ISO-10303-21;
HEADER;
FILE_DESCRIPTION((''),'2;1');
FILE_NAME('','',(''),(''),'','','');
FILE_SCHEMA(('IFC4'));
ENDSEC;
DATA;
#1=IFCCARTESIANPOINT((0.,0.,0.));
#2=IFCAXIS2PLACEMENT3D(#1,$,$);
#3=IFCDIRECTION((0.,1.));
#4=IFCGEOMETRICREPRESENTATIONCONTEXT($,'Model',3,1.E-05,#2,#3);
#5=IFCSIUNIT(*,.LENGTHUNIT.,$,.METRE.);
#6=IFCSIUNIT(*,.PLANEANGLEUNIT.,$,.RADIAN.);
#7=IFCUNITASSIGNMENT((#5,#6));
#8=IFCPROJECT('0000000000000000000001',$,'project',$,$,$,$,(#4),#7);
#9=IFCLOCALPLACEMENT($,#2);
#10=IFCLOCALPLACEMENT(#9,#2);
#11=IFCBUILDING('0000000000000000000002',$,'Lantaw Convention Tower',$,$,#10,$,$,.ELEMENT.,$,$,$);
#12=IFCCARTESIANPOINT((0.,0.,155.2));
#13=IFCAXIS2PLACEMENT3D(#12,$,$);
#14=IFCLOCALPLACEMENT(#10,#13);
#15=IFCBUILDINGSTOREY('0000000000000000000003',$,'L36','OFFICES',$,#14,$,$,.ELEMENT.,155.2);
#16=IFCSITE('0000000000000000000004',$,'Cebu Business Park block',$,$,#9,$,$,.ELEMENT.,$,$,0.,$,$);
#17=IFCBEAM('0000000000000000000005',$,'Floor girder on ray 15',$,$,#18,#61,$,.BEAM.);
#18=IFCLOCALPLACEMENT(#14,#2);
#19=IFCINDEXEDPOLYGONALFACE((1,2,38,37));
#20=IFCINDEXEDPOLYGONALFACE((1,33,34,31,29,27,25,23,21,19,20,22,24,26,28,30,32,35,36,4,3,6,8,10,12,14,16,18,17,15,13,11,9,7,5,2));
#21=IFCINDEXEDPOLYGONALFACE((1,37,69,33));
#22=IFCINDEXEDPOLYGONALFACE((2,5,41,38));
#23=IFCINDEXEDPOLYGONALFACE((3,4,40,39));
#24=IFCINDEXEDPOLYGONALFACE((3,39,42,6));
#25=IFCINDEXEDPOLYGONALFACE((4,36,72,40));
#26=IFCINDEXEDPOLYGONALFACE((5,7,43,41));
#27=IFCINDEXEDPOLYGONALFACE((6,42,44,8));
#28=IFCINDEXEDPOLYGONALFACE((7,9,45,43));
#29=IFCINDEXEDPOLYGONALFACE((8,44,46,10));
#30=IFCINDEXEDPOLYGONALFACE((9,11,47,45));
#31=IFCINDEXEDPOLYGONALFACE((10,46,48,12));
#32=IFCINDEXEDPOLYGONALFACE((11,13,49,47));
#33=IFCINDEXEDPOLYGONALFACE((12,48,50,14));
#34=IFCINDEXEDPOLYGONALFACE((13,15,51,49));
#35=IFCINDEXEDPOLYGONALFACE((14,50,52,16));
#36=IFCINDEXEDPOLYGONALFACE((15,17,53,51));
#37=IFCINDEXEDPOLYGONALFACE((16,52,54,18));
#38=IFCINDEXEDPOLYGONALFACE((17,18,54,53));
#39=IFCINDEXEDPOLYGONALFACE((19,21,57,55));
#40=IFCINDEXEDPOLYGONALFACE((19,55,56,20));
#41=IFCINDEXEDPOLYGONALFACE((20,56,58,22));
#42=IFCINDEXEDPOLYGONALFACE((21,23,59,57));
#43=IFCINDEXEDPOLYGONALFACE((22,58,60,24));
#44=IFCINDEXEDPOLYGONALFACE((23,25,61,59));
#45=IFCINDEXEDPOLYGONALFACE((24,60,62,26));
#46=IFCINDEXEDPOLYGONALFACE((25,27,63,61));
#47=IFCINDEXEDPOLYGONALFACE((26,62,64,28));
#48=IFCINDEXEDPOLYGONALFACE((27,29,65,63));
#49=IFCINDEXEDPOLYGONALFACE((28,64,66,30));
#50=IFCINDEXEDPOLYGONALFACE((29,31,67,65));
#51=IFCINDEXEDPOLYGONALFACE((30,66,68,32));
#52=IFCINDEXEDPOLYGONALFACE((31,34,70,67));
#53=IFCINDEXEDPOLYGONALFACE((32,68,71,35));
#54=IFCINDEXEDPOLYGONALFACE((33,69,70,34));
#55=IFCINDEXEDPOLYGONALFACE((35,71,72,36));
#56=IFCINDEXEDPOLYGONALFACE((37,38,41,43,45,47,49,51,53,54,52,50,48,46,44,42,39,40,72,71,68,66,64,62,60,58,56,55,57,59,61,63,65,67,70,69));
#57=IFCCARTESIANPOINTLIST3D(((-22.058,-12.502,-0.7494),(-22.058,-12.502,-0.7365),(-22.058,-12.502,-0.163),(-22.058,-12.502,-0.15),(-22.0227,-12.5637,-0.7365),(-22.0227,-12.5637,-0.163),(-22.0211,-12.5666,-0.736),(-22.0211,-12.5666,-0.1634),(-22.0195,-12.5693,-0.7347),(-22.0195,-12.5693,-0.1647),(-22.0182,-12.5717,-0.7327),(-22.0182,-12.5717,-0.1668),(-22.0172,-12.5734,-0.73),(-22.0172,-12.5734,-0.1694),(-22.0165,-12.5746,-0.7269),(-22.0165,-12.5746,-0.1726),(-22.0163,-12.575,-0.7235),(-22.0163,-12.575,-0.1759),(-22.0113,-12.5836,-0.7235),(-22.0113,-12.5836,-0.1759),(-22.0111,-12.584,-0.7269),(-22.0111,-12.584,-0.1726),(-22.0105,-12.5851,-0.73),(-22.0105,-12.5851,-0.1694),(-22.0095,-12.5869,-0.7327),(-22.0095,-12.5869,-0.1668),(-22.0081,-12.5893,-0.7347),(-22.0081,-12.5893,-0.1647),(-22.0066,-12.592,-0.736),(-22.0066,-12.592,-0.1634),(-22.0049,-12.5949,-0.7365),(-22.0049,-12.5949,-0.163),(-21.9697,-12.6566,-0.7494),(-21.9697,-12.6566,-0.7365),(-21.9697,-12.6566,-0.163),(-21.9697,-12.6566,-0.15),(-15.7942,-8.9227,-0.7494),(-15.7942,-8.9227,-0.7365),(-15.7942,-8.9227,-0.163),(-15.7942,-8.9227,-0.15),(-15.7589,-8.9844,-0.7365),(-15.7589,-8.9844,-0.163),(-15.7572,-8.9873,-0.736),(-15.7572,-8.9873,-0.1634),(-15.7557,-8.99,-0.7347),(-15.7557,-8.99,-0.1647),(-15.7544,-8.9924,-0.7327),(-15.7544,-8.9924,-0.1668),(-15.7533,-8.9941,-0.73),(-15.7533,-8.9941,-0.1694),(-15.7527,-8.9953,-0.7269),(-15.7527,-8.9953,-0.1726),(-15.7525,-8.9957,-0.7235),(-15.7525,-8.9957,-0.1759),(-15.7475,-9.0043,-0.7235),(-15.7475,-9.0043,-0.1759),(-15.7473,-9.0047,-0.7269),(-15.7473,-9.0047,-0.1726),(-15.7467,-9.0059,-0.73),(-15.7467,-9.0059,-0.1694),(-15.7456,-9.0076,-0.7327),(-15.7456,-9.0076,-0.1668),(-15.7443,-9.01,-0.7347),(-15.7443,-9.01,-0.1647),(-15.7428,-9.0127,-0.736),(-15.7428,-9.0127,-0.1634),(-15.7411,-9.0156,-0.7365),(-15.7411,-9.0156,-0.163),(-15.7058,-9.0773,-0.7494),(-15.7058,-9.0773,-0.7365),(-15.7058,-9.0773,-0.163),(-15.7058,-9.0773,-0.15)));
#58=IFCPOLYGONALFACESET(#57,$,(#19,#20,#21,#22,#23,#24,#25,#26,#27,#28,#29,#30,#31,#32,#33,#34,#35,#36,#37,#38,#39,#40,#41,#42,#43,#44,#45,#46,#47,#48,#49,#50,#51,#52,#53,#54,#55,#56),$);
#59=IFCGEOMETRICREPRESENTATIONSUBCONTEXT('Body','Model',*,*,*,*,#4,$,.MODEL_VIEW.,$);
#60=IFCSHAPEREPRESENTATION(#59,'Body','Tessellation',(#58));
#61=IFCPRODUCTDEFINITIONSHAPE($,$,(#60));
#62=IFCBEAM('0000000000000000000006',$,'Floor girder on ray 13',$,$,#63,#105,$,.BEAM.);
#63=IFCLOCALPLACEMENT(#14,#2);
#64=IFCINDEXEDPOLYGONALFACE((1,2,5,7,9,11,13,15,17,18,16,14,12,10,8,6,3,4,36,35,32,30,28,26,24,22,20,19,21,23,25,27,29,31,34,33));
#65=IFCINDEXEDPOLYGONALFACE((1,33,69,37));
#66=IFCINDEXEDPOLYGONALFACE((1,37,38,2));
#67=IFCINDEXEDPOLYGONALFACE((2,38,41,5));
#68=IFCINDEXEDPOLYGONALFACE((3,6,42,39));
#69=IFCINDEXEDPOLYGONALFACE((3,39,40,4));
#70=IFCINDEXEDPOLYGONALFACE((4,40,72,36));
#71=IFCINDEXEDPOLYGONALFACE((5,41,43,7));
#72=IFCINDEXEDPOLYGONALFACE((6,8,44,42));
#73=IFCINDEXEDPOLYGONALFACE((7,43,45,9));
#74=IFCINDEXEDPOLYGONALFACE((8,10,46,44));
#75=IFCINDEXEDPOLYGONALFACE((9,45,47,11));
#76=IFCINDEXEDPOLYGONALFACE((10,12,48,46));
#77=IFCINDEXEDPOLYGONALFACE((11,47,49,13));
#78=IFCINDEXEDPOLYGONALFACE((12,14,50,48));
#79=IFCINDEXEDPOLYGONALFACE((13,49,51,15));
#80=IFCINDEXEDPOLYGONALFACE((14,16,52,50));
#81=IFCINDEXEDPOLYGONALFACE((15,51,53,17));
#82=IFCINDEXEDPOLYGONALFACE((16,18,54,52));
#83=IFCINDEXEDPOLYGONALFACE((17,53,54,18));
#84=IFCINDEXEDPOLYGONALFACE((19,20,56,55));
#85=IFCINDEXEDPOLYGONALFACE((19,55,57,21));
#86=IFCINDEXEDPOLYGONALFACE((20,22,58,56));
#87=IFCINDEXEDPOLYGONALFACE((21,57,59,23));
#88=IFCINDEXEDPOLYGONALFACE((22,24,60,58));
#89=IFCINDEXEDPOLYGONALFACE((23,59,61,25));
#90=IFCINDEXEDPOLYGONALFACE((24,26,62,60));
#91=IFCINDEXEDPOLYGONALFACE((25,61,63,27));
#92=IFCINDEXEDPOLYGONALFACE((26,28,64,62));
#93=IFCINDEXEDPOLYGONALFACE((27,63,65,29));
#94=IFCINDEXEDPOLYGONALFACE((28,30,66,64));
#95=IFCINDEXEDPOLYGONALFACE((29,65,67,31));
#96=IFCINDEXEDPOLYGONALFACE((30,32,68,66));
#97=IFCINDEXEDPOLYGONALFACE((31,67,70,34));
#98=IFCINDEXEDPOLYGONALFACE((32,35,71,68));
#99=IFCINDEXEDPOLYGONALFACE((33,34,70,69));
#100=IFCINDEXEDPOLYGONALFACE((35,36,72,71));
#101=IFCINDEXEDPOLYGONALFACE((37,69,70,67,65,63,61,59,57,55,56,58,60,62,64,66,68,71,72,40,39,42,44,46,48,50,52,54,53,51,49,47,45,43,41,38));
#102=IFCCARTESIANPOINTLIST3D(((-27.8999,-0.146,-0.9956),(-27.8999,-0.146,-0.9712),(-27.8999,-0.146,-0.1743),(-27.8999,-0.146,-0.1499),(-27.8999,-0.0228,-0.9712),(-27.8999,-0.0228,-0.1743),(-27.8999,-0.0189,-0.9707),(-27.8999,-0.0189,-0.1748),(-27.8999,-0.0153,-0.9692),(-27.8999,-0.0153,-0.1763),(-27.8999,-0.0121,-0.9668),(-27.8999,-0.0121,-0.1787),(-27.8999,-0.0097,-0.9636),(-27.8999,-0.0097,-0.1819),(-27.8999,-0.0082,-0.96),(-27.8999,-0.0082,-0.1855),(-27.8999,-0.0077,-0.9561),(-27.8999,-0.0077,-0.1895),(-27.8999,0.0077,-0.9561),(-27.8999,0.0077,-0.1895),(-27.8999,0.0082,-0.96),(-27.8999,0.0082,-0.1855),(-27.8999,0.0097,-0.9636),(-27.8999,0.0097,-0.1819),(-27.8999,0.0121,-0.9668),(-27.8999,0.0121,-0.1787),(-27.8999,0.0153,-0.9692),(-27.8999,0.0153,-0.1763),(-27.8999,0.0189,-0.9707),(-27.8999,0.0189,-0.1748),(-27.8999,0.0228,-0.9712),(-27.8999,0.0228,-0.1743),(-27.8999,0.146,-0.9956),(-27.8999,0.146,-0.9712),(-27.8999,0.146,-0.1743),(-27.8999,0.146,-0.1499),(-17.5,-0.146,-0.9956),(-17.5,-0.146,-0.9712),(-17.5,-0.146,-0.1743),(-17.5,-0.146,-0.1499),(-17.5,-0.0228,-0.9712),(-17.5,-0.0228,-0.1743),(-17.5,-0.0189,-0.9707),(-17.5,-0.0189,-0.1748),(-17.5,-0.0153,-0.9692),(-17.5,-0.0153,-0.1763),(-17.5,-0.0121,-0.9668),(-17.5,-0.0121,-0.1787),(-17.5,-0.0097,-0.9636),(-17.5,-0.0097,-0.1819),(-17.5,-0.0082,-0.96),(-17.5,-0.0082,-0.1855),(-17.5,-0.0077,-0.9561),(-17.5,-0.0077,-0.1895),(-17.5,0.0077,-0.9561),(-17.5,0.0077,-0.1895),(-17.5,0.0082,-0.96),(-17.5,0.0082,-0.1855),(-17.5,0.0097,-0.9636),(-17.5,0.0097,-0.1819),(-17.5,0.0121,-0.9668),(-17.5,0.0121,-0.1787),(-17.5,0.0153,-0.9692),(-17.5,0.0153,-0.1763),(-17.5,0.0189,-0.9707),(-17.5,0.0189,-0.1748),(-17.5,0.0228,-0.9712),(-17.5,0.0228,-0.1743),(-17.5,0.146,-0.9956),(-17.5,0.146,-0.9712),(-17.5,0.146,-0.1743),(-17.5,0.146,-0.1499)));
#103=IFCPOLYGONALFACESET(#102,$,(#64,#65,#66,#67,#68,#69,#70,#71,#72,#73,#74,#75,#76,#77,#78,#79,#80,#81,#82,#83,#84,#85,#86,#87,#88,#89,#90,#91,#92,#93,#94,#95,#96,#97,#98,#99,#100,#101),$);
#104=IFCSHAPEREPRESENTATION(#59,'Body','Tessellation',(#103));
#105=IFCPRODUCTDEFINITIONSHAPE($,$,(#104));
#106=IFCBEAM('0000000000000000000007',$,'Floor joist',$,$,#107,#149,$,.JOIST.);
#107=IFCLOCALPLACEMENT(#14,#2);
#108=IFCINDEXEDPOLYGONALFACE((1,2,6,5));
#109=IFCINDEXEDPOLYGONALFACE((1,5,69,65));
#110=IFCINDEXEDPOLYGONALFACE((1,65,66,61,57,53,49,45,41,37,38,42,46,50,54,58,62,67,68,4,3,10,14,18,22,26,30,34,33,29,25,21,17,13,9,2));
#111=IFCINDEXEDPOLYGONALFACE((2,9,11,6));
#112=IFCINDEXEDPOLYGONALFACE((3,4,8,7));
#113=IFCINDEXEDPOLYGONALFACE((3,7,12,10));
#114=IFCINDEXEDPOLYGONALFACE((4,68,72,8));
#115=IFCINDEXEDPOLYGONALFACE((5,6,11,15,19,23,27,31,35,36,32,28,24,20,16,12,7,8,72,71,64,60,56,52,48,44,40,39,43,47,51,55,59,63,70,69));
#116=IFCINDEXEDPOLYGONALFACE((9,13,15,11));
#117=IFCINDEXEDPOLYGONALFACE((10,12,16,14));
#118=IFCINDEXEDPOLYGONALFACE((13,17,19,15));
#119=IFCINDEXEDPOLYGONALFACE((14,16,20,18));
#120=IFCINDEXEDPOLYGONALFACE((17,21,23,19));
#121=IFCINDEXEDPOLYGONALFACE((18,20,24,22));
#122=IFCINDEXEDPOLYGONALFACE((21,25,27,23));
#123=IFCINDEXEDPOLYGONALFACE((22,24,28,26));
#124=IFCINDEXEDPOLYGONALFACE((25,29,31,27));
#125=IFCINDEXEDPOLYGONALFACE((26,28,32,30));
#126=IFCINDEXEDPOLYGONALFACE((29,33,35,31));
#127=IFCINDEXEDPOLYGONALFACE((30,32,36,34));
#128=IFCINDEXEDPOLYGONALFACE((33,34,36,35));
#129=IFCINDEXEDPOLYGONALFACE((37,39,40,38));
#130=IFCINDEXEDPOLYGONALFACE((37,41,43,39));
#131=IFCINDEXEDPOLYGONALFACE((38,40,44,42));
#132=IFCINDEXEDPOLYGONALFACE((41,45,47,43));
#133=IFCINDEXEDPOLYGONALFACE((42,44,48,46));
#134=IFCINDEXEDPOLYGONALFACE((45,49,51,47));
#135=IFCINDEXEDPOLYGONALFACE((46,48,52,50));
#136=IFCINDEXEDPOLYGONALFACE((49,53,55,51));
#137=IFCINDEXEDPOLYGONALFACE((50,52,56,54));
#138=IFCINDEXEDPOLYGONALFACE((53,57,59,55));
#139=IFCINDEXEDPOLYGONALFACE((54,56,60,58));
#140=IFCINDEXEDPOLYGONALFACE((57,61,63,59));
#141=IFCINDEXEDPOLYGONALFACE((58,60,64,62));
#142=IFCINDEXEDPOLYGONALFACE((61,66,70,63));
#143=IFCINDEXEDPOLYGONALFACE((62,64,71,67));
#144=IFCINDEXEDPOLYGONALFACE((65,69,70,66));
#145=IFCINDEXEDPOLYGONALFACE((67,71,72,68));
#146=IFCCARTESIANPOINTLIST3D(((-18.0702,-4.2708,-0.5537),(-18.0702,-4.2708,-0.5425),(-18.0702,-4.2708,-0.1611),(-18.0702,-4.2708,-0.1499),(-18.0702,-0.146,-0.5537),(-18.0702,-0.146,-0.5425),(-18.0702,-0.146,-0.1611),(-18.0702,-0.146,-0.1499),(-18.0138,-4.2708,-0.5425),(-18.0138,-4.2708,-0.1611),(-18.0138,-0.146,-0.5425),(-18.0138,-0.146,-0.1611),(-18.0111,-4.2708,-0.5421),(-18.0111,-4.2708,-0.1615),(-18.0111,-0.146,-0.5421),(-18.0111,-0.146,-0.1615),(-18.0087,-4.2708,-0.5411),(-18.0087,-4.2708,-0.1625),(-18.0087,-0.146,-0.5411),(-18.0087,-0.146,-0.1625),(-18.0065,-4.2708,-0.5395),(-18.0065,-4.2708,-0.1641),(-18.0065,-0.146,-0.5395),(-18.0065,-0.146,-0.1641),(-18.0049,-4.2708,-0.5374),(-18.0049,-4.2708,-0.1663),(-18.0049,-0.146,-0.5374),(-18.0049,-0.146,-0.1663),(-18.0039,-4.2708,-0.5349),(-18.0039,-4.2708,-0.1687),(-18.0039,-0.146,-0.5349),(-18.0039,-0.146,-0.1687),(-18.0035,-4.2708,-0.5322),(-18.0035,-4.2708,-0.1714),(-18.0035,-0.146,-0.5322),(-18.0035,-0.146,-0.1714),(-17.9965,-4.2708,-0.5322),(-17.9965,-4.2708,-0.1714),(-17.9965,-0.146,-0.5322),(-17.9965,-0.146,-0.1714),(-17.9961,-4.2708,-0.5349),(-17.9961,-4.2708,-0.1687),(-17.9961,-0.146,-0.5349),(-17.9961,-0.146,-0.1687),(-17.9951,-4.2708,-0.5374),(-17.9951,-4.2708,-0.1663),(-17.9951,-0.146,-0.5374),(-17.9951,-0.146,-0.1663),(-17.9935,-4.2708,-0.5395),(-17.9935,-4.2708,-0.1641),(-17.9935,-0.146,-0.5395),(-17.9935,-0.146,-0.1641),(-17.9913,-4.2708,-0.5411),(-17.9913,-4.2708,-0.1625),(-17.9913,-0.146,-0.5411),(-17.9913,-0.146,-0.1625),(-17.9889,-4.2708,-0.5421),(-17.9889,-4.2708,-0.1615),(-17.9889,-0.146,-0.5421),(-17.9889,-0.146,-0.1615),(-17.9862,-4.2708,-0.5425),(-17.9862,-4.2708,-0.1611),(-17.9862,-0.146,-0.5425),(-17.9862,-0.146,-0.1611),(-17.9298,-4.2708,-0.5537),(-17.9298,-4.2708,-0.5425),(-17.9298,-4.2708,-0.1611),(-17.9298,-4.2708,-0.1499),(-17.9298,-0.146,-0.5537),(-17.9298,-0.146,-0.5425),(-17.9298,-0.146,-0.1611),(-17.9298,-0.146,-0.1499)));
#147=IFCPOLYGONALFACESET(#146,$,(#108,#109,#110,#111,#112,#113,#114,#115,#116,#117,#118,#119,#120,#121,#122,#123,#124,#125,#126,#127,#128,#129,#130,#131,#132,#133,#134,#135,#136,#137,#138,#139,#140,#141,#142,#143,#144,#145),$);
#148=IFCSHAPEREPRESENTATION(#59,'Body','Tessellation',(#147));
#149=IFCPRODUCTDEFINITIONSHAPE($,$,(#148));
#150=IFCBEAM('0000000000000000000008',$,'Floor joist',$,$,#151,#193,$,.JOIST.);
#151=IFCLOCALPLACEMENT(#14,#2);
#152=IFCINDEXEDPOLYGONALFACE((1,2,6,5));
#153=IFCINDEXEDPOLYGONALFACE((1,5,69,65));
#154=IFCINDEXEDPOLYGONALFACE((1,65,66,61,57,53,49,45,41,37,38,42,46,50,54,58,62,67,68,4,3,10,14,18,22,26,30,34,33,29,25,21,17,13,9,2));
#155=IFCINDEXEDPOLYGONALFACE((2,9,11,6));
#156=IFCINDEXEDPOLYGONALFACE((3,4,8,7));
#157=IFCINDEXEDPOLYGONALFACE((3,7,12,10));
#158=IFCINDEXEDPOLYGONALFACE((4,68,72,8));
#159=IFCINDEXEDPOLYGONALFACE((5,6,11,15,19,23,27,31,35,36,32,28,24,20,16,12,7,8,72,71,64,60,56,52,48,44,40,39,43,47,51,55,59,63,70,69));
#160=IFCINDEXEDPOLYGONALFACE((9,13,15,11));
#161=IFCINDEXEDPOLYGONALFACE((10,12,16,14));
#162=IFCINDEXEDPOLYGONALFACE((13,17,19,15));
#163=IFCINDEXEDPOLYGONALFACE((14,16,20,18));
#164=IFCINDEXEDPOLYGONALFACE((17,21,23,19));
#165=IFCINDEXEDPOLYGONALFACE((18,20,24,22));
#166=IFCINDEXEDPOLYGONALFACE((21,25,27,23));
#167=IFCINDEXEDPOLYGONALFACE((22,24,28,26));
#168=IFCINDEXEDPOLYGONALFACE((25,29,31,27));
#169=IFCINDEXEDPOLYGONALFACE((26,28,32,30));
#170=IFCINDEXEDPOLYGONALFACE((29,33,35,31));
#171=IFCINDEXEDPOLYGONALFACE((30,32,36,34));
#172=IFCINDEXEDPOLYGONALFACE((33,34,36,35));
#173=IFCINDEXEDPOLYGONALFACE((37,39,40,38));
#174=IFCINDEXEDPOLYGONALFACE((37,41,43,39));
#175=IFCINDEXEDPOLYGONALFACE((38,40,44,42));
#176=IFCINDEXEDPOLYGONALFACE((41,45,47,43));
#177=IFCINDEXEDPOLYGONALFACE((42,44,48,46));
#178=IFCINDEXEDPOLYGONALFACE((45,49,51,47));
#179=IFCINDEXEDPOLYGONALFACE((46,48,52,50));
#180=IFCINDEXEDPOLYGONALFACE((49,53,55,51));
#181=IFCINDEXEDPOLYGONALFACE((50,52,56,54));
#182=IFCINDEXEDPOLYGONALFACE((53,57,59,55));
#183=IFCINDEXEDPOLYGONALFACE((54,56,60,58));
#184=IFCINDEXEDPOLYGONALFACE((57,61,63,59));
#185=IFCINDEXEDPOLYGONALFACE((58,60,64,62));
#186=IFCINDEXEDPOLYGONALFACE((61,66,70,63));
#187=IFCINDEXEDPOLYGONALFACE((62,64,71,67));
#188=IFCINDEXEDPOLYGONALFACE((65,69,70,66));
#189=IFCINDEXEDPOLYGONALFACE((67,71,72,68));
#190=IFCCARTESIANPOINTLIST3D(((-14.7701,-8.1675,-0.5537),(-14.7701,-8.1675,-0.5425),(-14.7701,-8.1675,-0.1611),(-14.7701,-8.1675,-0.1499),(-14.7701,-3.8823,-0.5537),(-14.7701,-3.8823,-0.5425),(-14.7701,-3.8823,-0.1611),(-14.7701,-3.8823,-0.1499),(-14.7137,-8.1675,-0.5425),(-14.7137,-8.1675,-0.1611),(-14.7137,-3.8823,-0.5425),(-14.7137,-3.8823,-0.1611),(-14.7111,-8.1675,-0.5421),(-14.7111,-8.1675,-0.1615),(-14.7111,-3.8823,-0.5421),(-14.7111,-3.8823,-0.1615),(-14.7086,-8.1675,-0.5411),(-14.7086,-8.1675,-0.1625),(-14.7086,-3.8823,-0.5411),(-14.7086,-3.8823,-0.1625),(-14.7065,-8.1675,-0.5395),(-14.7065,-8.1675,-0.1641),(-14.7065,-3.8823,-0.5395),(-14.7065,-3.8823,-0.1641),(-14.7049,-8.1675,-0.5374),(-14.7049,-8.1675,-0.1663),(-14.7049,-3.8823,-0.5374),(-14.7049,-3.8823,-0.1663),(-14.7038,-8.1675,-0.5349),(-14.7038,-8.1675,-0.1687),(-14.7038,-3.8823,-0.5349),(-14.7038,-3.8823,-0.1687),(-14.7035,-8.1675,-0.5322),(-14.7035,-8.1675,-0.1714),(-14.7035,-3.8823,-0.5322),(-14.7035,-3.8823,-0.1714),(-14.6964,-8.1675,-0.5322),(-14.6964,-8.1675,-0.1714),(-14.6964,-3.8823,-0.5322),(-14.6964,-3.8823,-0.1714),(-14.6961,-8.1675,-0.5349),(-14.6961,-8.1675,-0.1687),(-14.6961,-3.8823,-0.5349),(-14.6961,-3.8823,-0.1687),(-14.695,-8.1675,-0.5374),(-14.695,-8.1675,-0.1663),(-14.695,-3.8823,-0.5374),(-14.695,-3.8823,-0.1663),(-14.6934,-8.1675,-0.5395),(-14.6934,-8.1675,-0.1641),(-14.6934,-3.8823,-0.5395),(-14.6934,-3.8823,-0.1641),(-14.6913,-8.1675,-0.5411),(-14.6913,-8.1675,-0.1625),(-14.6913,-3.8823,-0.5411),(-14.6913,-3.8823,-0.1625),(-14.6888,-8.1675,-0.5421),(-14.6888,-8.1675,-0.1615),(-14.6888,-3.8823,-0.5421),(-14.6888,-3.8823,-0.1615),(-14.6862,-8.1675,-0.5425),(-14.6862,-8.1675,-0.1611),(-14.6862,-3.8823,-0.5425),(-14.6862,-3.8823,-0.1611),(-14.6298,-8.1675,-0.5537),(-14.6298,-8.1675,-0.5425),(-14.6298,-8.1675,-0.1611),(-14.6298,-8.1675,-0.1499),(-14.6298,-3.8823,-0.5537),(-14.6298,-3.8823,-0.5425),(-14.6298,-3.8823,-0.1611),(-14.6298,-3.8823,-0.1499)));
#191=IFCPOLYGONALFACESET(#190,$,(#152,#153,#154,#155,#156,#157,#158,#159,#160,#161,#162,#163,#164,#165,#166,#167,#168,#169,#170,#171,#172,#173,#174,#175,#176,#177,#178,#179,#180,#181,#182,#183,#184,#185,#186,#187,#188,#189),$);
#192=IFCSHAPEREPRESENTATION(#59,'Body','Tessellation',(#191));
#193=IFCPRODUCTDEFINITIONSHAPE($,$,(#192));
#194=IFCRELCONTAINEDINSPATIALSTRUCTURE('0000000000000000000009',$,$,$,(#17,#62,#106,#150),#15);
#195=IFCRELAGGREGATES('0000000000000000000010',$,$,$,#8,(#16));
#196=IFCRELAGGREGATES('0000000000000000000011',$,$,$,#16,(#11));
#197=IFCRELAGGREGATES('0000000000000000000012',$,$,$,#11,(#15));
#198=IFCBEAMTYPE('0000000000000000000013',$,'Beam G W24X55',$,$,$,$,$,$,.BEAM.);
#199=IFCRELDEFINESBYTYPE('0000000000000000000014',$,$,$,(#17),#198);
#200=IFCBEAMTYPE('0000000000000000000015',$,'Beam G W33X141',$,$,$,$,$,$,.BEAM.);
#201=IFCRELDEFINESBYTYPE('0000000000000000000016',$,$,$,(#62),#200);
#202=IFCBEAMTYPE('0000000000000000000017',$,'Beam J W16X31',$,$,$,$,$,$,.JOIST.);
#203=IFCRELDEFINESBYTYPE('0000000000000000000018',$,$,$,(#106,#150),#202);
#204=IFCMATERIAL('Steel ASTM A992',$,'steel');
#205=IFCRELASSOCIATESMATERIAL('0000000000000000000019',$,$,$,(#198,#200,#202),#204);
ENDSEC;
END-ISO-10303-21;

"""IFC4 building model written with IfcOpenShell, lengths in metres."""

from ifc_helpers import new_model, si_unit, direction, frame, origin, origin_2d, place, context, subcontext, project, spatial, i_section, extrude, material, material_profile, profile_set, type_object, element, save


model = new_model("IFC4")

# Units and contexts
model_context = context("Model", 3, precision=1e-05, world=origin(), true_north=direction((0.0, 1.0)))
body_context = subcontext(model_context, "Body", "Model", "MODEL_VIEW")
ifc_project = project(units=[si_unit("LENGTHUNIT", "METRE"), si_unit("PLANEANGLEUNIT", "RADIAN")], contexts=[model_context])

# Site, building, storey
site_placement = place(None, origin())
site = spatial("IfcSite", under=ifc_project, at=site_placement, Name="Cebu Business Park block", CompositionType="ELEMENT", RefElevation=0.0)
building_placement = place(site_placement, origin())
building = spatial("IfcBuilding", under=site, at=building_placement, Name="Lantaw Convention Tower", CompositionType="ELEMENT")
storey_placement = place(building_placement, frame((0.0, 0.0, 155.2)))
storey = spatial("IfcBuildingStorey", under=building, at=storey_placement, Name="L36", Description="OFFICES", CompositionType="ELEMENT", Elevation=155.2)

# Beams
ifc_material_1 = material(Name="Steel ASTM A992", Category="steel")
ifc_material_profile_1 = material_profile(ifc_material_1, i_section(OverallWidth=0.178, OverallDepth=0.5994, WebThickness=0.01, FlangeThickness=0.0129, FilletRadius=0.0129, at=origin_2d()), Name="W24X55")
ifc_profile_set_1 = profile_set([ifc_material_profile_1], Name="Steel ASTM A992")
beam_type_1 = type_object("IfcBeamType", Name="Beam G W24X55", PredefinedType="BEAM", material=ifc_profile_set_1)
beam_1_placement = place(storey_placement, frame((-15.75, -9.0, -0.4497), z_axis=(-0.868245, -0.496135, 0.0), x_axis=(0.496135, -0.868245, 0.0)))
element("IfcBeam", 1, at=beam_1_placement, inside=storey, type_object=beam_type_1, Name="Floor girder on ray 15", PredefinedType="BEAM", context=body_context, shape_type="SweptSolid", body=[
    extrude(i_section(OverallWidth=0.178, OverallDepth=0.5994, WebThickness=0.01, FlangeThickness=0.0129, FilletRadius=0.0129, at=origin_2d()), origin(), (0.0, 0.0, 1.0), 7.2144),
])
ifc_material_profile_2 = material_profile(ifc_material_1, i_section(OverallWidth=0.292, OverallDepth=0.8457, WebThickness=0.0154, FlangeThickness=0.0244, FilletRadius=0.0151, at=origin_2d()), Name="W33X141")
ifc_profile_set_2 = profile_set([ifc_material_profile_2], Name="Steel ASTM A992")
beam_type_2 = type_object("IfcBeamType", Name="Beam G W33X141", PredefinedType="BEAM", material=ifc_profile_set_2)
beam_2_placement = place(storey_placement, frame((-17.5, 0.0, -0.5728), z_axis=(-1.0, 0.0, 0.0), x_axis=(0.0, -1.0, 0.0)))
element("IfcBeam", 2, at=beam_2_placement, inside=storey, type_object=beam_type_2, Name="Floor girder on ray 13", PredefinedType="BEAM", context=body_context, shape_type="SweptSolid", body=[
    extrude(i_section(OverallWidth=0.292, OverallDepth=0.8457, WebThickness=0.0154, FlangeThickness=0.0244, FilletRadius=0.0151, at=origin_2d()), origin(), (0.0, 0.0, 1.0), 10.3999),
])
ifc_material_profile_3 = material_profile(ifc_material_1, i_section(OverallWidth=0.1404, OverallDepth=0.4038, WebThickness=0.0071, FlangeThickness=0.0112, FilletRadius=0.0103, at=origin_2d()), Name="W16X31")
ifc_profile_set_3 = profile_set([ifc_material_profile_3], Name="Steel ASTM A992")
beam_type_3 = type_object("IfcBeamType", Name="Beam J W16X31", PredefinedType="JOIST", material=ifc_profile_set_3)
beam_3_placement = place(storey_placement, frame((-18.0, -4.2708, -0.3518), z_axis=(0.0, 1.0, 0.0), x_axis=(-1.0, 0.0, 0.0)))
element("IfcBeam", 3, at=beam_3_placement, inside=storey, type_object=beam_type_3, Name="Floor joist", PredefinedType="JOIST", context=body_context, shape_type="SweptSolid", body=[
    extrude(i_section(OverallWidth=0.1404, OverallDepth=0.4038, WebThickness=0.0071, FlangeThickness=0.0112, FilletRadius=0.0103, at=origin_2d()), origin(), (0.0, 0.0, 1.0), 4.1248),
])
beam_4_placement = place(storey_placement, frame((-14.7, -8.1675, -0.3518), z_axis=(0.0, 1.0, 0.0), x_axis=(-1.0, 0.0, 0.0)))
element("IfcBeam", 4, at=beam_4_placement, inside=storey, type_object=beam_type_3, Name="Floor joist", PredefinedType="JOIST", context=body_context, shape_type="SweptSolid", body=[
    extrude(i_section(OverallWidth=0.1404, OverallDepth=0.4038, WebThickness=0.0071, FlangeThickness=0.0112, FilletRadius=0.0103, at=origin_2d()), origin(), (0.0, 0.0, 1.0), 4.2852),
])

save(model, "model.ifc")
